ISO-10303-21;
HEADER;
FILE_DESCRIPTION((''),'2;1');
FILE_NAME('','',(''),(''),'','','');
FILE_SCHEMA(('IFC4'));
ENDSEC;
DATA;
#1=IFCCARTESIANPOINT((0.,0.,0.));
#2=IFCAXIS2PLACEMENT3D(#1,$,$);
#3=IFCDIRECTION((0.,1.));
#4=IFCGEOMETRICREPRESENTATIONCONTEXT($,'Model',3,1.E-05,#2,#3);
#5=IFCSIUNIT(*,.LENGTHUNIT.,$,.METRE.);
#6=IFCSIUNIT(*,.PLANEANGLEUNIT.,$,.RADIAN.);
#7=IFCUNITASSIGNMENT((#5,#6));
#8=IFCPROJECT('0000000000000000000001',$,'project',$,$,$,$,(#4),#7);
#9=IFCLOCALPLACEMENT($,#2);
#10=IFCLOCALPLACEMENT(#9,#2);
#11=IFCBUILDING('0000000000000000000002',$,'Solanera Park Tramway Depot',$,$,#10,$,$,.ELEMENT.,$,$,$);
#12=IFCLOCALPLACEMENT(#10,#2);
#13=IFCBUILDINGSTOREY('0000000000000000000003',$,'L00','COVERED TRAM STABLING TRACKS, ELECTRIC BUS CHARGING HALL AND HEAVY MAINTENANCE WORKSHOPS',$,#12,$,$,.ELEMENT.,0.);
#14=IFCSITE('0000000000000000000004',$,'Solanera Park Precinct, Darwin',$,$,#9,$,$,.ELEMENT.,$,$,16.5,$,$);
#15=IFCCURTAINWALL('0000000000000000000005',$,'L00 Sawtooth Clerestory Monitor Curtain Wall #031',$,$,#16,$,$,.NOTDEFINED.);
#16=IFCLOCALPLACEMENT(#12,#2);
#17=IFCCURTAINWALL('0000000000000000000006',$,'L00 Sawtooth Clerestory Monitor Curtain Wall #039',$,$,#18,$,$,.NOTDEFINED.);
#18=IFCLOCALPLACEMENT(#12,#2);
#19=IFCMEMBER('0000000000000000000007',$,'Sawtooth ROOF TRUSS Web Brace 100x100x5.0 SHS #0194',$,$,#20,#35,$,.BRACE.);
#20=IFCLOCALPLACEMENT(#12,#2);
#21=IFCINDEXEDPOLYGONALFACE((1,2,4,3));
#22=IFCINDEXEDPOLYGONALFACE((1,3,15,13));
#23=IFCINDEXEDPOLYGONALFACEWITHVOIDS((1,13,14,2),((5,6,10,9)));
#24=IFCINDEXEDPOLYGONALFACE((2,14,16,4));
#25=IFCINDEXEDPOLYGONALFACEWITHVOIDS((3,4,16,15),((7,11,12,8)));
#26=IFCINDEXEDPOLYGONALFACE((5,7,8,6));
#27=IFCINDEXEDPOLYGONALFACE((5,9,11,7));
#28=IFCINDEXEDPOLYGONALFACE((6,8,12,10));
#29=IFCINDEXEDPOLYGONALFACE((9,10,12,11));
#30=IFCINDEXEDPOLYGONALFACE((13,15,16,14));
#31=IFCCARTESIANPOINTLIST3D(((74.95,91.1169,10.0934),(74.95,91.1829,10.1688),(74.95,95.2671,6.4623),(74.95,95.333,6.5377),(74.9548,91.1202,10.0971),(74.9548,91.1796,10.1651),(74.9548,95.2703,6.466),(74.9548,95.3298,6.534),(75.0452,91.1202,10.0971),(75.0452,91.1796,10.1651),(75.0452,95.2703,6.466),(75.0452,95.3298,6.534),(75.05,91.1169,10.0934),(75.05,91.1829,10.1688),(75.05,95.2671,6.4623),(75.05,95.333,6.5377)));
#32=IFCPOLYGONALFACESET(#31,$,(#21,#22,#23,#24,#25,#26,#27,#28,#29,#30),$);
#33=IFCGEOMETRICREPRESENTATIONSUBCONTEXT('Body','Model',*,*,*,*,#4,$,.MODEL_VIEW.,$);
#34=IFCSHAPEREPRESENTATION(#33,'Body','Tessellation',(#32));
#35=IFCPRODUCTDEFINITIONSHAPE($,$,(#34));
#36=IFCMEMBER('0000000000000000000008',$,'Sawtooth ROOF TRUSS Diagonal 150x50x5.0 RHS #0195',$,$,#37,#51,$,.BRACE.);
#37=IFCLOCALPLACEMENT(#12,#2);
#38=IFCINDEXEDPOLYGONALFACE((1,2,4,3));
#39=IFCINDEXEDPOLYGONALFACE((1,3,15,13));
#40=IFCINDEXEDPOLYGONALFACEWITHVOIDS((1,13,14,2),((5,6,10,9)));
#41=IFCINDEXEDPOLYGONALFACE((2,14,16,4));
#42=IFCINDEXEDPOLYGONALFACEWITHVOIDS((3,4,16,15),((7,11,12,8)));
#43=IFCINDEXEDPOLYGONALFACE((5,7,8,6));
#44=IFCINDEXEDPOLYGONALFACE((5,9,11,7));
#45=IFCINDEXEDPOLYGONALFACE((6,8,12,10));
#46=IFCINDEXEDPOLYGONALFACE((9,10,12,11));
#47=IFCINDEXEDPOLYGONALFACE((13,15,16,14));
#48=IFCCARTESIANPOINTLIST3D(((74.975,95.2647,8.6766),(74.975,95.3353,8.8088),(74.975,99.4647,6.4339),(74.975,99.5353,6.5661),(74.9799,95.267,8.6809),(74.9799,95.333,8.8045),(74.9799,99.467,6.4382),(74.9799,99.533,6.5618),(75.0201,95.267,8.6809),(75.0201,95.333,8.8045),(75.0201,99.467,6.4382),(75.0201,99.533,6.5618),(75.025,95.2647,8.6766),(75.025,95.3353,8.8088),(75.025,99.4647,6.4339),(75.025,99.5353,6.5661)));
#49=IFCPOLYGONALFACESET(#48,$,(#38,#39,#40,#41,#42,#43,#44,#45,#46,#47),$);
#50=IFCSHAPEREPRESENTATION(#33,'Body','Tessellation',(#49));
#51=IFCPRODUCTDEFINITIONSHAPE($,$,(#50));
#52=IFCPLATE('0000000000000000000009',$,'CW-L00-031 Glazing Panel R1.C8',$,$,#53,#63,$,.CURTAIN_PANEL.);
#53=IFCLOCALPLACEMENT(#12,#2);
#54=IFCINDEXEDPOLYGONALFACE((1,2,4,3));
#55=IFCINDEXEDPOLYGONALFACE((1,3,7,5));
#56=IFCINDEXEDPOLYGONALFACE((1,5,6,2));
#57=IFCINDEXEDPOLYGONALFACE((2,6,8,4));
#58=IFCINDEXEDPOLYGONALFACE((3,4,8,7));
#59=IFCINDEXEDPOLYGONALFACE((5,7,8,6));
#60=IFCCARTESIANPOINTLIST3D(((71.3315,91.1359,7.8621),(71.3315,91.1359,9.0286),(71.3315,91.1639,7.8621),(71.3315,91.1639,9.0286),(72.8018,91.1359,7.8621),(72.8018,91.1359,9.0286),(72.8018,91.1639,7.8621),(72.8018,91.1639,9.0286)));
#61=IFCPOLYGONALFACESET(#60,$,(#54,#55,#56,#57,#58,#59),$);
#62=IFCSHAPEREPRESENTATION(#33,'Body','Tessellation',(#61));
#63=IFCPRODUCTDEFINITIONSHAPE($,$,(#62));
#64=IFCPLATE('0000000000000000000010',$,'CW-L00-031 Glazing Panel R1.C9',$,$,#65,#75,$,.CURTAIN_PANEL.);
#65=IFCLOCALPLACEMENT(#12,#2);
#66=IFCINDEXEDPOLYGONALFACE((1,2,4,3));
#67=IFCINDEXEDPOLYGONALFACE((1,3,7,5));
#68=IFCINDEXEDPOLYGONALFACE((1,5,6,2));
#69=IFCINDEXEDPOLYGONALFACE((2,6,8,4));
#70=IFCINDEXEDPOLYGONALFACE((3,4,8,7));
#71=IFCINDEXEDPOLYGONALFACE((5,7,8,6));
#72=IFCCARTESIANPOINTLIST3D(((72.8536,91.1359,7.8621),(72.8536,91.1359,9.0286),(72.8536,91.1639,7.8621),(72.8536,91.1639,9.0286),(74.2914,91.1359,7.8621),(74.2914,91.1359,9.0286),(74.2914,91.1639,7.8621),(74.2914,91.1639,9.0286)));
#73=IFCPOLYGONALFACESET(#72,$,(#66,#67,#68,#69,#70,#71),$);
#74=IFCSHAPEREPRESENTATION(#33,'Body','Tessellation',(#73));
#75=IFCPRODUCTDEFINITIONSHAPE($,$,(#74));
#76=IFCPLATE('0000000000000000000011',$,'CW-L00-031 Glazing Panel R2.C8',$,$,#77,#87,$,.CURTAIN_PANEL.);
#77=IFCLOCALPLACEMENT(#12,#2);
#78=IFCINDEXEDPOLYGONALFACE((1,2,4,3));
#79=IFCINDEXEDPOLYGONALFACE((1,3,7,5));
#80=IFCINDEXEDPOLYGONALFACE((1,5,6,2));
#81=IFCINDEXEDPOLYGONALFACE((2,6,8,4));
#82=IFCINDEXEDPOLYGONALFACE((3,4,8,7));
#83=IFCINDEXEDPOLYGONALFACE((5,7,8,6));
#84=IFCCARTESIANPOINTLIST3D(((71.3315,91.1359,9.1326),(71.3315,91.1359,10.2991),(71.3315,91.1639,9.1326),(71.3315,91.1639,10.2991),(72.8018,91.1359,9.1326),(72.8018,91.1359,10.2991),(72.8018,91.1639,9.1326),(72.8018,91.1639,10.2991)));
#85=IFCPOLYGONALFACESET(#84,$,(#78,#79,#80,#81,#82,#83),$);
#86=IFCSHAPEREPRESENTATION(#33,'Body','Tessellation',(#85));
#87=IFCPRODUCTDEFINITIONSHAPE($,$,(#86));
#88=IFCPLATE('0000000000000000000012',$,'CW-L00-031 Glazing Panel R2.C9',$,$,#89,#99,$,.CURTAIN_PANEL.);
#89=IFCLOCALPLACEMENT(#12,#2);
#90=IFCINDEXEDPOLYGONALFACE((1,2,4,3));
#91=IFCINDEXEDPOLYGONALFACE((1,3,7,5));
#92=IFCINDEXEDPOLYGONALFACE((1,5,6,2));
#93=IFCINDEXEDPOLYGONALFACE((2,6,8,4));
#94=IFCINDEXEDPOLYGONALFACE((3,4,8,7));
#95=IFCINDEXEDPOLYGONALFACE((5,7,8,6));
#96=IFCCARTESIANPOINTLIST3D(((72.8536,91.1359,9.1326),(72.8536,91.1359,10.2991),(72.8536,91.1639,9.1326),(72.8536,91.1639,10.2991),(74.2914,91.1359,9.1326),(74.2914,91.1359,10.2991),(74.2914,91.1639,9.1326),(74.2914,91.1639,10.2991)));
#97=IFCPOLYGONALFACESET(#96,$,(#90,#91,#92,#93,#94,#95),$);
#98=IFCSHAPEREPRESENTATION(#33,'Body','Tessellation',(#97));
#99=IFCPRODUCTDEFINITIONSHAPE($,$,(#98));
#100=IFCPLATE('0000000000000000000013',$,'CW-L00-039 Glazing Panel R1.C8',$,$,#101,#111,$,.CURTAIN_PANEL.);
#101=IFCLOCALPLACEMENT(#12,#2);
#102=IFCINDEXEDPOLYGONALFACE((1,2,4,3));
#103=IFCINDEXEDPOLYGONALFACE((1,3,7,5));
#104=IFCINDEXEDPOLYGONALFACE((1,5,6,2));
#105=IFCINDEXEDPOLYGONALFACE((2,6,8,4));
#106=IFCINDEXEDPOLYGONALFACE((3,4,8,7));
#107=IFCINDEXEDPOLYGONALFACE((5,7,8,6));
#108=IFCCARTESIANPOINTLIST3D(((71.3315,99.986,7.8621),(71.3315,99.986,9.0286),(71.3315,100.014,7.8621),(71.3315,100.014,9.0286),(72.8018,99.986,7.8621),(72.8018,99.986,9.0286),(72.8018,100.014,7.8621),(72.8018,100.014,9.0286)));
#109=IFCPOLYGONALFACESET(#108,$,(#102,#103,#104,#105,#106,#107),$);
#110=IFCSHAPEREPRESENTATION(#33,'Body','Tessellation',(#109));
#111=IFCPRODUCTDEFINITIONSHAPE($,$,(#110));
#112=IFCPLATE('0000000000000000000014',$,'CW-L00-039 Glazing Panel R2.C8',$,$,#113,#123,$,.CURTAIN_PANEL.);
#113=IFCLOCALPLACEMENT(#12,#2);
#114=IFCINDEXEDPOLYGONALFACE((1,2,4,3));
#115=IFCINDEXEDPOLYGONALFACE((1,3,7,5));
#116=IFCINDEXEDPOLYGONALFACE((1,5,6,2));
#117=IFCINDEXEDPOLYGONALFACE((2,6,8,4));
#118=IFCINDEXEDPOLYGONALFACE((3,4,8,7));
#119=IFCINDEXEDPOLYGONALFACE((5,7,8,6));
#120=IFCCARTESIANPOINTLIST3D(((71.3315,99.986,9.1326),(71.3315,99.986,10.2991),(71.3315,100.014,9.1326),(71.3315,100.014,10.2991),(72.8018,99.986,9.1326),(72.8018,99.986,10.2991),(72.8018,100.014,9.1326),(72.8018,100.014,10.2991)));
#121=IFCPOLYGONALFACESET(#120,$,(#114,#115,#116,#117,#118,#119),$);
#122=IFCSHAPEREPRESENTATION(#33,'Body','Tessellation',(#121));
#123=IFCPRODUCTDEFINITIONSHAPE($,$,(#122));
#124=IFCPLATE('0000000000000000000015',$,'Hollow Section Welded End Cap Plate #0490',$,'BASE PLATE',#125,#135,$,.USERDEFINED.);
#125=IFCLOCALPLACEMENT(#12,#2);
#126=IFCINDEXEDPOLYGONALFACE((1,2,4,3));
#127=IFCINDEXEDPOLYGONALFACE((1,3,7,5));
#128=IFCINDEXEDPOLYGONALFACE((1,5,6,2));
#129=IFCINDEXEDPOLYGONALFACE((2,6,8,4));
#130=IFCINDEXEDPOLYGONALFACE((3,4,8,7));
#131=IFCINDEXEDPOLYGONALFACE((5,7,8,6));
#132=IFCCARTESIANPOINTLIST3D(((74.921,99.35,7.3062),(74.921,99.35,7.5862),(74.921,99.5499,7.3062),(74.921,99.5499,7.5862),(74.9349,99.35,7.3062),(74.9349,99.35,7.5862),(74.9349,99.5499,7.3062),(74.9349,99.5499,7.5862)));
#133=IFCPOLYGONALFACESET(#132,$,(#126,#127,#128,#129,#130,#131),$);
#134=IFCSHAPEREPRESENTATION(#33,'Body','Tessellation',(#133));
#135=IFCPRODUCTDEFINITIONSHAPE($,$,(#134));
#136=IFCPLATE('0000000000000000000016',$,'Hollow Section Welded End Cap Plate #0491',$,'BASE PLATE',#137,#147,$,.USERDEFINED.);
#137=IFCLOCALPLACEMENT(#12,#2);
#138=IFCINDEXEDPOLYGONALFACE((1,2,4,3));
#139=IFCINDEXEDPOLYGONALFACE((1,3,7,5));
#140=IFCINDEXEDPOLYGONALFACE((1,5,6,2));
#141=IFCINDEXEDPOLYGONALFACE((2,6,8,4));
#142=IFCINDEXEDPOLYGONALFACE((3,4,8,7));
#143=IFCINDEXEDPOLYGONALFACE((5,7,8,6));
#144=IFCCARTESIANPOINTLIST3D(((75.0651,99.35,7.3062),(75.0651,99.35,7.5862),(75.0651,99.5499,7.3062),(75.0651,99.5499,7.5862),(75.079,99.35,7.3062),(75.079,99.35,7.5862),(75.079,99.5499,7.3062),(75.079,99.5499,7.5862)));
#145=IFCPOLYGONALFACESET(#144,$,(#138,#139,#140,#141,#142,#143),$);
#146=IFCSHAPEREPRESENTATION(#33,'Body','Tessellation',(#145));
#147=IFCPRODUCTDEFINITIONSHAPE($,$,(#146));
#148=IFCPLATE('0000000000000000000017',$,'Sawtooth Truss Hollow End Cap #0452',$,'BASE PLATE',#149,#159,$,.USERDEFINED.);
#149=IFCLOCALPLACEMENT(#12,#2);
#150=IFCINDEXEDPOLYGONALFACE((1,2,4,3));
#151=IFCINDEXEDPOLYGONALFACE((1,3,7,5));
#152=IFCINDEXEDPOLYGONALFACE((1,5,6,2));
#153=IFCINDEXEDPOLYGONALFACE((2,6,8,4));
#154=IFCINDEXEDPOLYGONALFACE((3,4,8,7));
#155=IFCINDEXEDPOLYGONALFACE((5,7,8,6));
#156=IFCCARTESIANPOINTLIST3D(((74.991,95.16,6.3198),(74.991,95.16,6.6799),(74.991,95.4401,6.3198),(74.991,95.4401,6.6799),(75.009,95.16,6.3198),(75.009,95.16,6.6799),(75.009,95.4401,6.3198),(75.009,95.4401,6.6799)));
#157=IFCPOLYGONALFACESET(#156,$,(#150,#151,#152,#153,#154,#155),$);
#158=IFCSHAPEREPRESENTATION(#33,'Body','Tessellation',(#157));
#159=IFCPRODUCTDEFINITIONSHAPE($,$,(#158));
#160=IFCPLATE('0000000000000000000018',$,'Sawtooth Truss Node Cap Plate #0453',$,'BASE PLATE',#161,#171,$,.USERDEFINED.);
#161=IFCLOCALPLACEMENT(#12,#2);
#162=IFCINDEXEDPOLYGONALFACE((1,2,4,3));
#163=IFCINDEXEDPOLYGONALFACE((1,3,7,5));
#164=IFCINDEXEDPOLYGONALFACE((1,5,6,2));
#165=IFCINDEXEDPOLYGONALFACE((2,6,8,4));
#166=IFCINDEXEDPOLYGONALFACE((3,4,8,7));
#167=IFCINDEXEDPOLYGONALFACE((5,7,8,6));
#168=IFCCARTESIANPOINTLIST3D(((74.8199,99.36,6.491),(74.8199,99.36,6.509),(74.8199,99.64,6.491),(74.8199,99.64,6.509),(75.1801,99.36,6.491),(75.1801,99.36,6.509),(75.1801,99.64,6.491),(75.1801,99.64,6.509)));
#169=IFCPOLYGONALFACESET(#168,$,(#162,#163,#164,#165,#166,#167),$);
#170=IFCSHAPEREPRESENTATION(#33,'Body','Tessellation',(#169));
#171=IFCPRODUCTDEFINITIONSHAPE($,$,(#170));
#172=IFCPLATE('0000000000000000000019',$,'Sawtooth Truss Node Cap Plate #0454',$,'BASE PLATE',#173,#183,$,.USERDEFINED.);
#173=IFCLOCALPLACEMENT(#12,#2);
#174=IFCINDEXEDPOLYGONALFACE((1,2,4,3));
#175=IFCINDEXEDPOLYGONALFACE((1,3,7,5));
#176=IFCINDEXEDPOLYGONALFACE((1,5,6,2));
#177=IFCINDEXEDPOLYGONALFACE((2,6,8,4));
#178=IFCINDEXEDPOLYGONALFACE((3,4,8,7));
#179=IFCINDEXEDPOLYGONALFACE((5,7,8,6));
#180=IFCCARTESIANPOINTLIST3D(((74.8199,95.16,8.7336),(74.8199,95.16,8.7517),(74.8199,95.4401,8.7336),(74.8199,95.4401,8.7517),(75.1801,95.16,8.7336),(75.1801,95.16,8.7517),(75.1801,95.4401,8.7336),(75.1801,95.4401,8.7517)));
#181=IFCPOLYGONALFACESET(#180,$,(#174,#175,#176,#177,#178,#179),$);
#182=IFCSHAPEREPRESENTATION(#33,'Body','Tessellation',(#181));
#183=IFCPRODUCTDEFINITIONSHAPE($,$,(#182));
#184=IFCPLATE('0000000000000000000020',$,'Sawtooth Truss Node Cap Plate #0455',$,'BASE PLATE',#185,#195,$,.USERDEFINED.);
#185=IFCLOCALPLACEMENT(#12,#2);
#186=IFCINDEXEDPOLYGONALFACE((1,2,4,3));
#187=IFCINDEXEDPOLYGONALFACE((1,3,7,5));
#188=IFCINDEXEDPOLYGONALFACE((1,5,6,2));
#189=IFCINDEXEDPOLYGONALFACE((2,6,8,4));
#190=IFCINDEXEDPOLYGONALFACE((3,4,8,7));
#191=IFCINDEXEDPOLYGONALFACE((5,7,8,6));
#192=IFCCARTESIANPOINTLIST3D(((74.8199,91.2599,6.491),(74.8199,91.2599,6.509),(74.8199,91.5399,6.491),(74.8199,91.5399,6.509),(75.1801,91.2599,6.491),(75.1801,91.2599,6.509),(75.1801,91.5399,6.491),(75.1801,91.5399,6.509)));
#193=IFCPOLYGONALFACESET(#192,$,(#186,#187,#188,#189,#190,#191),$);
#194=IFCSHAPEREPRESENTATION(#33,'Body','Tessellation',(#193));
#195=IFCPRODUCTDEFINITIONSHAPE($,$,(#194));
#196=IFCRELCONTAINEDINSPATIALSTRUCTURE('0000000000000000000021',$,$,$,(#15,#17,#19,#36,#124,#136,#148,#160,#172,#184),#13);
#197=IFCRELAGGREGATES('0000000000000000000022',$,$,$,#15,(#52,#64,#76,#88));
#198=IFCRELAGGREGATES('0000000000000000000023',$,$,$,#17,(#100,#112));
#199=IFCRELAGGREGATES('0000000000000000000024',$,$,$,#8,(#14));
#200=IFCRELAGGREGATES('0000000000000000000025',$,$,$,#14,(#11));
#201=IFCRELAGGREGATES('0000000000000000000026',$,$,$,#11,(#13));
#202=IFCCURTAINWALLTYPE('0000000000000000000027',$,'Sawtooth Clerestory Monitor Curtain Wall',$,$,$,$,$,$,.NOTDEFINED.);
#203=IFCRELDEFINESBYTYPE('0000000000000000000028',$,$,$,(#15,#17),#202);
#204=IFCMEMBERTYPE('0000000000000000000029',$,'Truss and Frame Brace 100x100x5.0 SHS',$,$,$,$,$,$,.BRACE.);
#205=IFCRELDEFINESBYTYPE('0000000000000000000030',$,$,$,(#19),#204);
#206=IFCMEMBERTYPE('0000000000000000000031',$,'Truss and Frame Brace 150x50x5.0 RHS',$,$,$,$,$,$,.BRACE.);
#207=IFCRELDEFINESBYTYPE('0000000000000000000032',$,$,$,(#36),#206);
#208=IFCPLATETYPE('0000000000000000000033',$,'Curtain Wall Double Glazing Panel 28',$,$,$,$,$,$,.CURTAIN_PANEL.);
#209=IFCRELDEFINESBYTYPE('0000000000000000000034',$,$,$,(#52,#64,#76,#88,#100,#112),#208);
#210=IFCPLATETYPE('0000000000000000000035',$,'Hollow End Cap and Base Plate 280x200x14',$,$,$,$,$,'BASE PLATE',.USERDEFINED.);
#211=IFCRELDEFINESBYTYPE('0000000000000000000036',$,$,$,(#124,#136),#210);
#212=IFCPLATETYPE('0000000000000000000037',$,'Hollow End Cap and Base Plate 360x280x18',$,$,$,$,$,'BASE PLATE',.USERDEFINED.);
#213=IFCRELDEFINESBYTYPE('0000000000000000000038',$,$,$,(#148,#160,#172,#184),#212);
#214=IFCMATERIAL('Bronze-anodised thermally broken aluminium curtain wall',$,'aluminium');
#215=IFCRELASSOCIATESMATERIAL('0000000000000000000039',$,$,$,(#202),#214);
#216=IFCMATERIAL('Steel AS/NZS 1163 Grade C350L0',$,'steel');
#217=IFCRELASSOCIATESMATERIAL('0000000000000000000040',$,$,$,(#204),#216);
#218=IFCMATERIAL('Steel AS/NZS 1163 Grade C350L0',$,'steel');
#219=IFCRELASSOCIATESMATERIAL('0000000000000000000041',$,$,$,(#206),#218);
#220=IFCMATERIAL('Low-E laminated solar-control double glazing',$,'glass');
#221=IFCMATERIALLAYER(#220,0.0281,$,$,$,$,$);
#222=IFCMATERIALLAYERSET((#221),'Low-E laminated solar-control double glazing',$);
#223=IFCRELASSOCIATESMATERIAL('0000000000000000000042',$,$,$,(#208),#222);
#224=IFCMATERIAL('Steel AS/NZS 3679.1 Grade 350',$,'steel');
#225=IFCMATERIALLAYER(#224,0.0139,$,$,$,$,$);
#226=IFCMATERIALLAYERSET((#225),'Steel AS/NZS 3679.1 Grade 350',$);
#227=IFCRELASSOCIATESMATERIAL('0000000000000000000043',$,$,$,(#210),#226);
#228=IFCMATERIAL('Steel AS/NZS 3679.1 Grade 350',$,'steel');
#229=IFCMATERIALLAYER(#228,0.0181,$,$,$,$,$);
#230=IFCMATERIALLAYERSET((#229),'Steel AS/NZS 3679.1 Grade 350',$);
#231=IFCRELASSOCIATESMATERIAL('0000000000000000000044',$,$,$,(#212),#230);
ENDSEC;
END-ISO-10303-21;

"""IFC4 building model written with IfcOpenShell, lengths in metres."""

from ifc_helpers import new_model, si_unit, direction, frame, origin, origin_2d, place, context, subcontext, project, spatial, rectangle, hollow_rectangle, extrude, material, layer, layer_set, material_profile, profile_set, type_object, element, aggregate, save


model = new_model("IFC4")

# Units and contexts
model_context = context("Model", 3, precision=1e-05, world=origin(), true_north=direction((0.0, 1.0)))
body_context = subcontext(model_context, "Body", "Model", "MODEL_VIEW")
ifc_project = project(units=[si_unit("LENGTHUNIT", "METRE"), si_unit("PLANEANGLEUNIT", "RADIAN")], contexts=[model_context])

# Site, building, storey
site_placement = place(None, origin())
site = spatial("IfcSite", under=ifc_project, at=site_placement, Name="Solanera Park Precinct, Darwin", CompositionType="ELEMENT", RefElevation=16.5)
building_placement = place(site_placement, origin())
building = spatial("IfcBuilding", under=site, at=building_placement, Name="Solanera Park Tramway Depot", CompositionType="ELEMENT")
storey_placement = place(building_placement, origin())
storey = spatial("IfcBuildingStorey", under=building, at=storey_placement, Name="L00", Description="COVERED TRAM STABLING TRACKS, ELECTRIC BUS CHARGING HALL AND HEAVY MAINTENANCE WORKSHOPS", CompositionType="ELEMENT", Elevation=0.0)

# Curtain wall
ifc_material_1 = material(Name="Bronze-anodised thermally broken aluminium curtain wall", Category="aluminium")
curtain_wall_type = type_object("IfcCurtainWallType", Name="Sawtooth Clerestory Monitor Curtain Wall", PredefinedType="NOTDEFINED", material=ifc_material_1)
curtain_wall_1_placement = place(storey_placement, origin())
curtain_wall_1 = element("IfcCurtainWall", 1, at=curtain_wall_1_placement, inside=storey, type_object=curtain_wall_type, Name="L00 Sawtooth Clerestory Monitor Curtain Wall #031", PredefinedType="NOTDEFINED")

# Curtain wall
curtain_wall_2_placement = place(storey_placement, origin())
curtain_wall_2 = element("IfcCurtainWall", 2, at=curtain_wall_2_placement, inside=storey, type_object=curtain_wall_type, Name="L00 Sawtooth Clerestory Monitor Curtain Wall #039", PredefinedType="NOTDEFINED")

# Members
ifc_material_2 = material(Name="Steel AS/NZS 1163 Grade C350L0", Category="steel")
ifc_material_profile_1 = material_profile(ifc_material_2, hollow_rectangle(XDim=0.1001, YDim=0.1001, WallThickness=0.0049, at=origin_2d()), Name="100x100x5.0 SHS")
ifc_profile_set_1 = profile_set([ifc_material_profile_1], Name="Steel AS/NZS 1163 Grade C350L0")
member_type_1 = type_object("IfcMemberType", Name="Truss and Frame Brace 100x100x5.0 SHS", PredefinedType="BRACE", material=ifc_profile_set_1)
member_1_placement = place(storey_placement, frame((75.0, 95.3, 6.5), z_axis=(0.0, -0.752601, 0.658476), x_axis=(1.0, 0.0, 0.0)))
element("IfcMember", 3, at=member_1_placement, inside=storey, type_object=member_type_1, Name="Sawtooth ROOF TRUSS Web Brace 100x100x5.0 SHS #0194", PredefinedType="BRACE", context=body_context, shape_type="SweptSolid", body=[
    extrude(hollow_rectangle(XDim=0.1001, YDim=0.1001, WallThickness=0.0049, at=origin_2d()), origin(), (0.0, 0.0, 1.0), 5.5144),
])
ifc_material_3 = material(Name="Steel AS/NZS 1163 Grade C350L0", Category="steel")
ifc_material_profile_2 = material_profile(ifc_material_3, hollow_rectangle(XDim=0.05, YDim=0.1499, WallThickness=0.0049, at=origin_2d()), Name="150x50x5.0 RHS")
ifc_profile_set_2 = profile_set([ifc_material_profile_2], Name="Steel AS/NZS 1163 Grade C350L0")
member_type_2 = type_object("IfcMemberType", Name="Truss and Frame Brace 150x50x5.0 RHS", PredefinedType="BRACE", material=ifc_profile_set_2)
member_2_placement = place(storey_placement, frame((75.0, 99.5, 6.5), z_axis=(0.0, -0.882117, 0.47103), x_axis=(1.0, 0.0, 0.0)))
element("IfcMember", 4, at=member_2_placement, inside=storey, type_object=member_type_2, Name="Sawtooth ROOF TRUSS Diagonal 150x50x5.0 RHS #0195", PredefinedType="BRACE", context=body_context, shape_type="SweptSolid", body=[
    extrude(hollow_rectangle(XDim=0.05, YDim=0.1499, WallThickness=0.0049, at=origin_2d()), origin(), (0.0, 0.0, 1.0), 4.7612),
])

# Plates
ifc_material_4 = material(Name="Low-E laminated solar-control double glazing", Category="glass")
ifc_layer_1 = layer(ifc_material_4, 0.0281)
ifc_layer_set_1 = layer_set([ifc_layer_1], Name="Low-E laminated solar-control double glazing")
plate_type_1 = type_object("IfcPlateType", Name="Curtain Wall Double Glazing Panel 28", PredefinedType="CURTAIN_PANEL", material=ifc_layer_set_1)
plate_1_placement = place(storey_placement, frame((72.0667, 91.1499, 7.8621), z_axis=(0.0, 0.0, 1.0), x_axis=(1.0, 0.0, 0.0)))
plate_1 = element("IfcPlate", 5, at=plate_1_placement, type_object=plate_type_1, Name="CW-L00-031 Glazing Panel R1.C8", PredefinedType="CURTAIN_PANEL", context=body_context, shape_type="SweptSolid", body=[
    extrude(rectangle(XDim=1.4702, YDim=0.0281, at=origin_2d()), origin(), (0.0, 0.0, 1.0), 1.1665),
])
plate_2_placement = place(storey_placement, frame((73.5725, 91.1499, 7.8621), z_axis=(0.0, 0.0, 1.0), x_axis=(1.0, 0.0, 0.0)))
plate_2 = element("IfcPlate", 6, at=plate_2_placement, type_object=plate_type_1, Name="CW-L00-031 Glazing Panel R1.C9", PredefinedType="CURTAIN_PANEL", context=body_context, shape_type="SweptSolid", body=[
    extrude(rectangle(XDim=1.4377, YDim=0.0281, at=origin_2d()), origin(), (0.0, 0.0, 1.0), 1.1665),
])
plate_3_placement = place(storey_placement, frame((72.0667, 91.1499, 9.1326), z_axis=(0.0, 0.0, 1.0), x_axis=(1.0, 0.0, 0.0)))
plate_3 = element("IfcPlate", 7, at=plate_3_placement, type_object=plate_type_1, Name="CW-L00-031 Glazing Panel R2.C8", PredefinedType="CURTAIN_PANEL", context=body_context, shape_type="SweptSolid", body=[
    extrude(rectangle(XDim=1.4702, YDim=0.0281, at=origin_2d()), origin(), (0.0, 0.0, 1.0), 1.1665),
])
plate_4_placement = place(storey_placement, frame((73.5725, 91.1499, 9.1326), z_axis=(0.0, 0.0, 1.0), x_axis=(1.0, 0.0, 0.0)))
plate_4 = element("IfcPlate", 8, at=plate_4_placement, type_object=plate_type_1, Name="CW-L00-031 Glazing Panel R2.C9", PredefinedType="CURTAIN_PANEL", context=body_context, shape_type="SweptSolid", body=[
    extrude(rectangle(XDim=1.4377, YDim=0.0281, at=origin_2d()), origin(), (0.0, 0.0, 1.0), 1.1665),
])
aggregate(curtain_wall_1, [plate_1, plate_2, plate_3, plate_4])
plate_5_placement = place(storey_placement, frame((72.0667, 100.0, 7.8621), z_axis=(0.0, 0.0, 1.0), x_axis=(1.0, 0.0, 0.0)))
plate_5 = element("IfcPlate", 9, at=plate_5_placement, type_object=plate_type_1, Name="CW-L00-039 Glazing Panel R1.C8", PredefinedType="CURTAIN_PANEL", context=body_context, shape_type="SweptSolid", body=[
    extrude(rectangle(XDim=1.4702, YDim=0.0281, at=origin_2d()), origin(), (0.0, 0.0, 1.0), 1.1665),
])
plate_6_placement = place(storey_placement, frame((72.0667, 100.0, 9.1326), z_axis=(0.0, 0.0, 1.0), x_axis=(1.0, 0.0, 0.0)))
plate_6 = element("IfcPlate", 10, at=plate_6_placement, type_object=plate_type_1, Name="CW-L00-039 Glazing Panel R2.C8", PredefinedType="CURTAIN_PANEL", context=body_context, shape_type="SweptSolid", body=[
    extrude(rectangle(XDim=1.4702, YDim=0.0281, at=origin_2d()), origin(), (0.0, 0.0, 1.0), 1.1665),
])
aggregate(curtain_wall_2, [plate_5, plate_6])

# Plates
ifc_material_5 = material(Name="Steel AS/NZS 3679.1 Grade 350", Category="steel")
ifc_layer_2 = layer(ifc_material_5, 0.0139)
ifc_layer_set_2 = layer_set([ifc_layer_2], Name="Steel AS/NZS 3679.1 Grade 350")
plate_type_2 = type_object("IfcPlateType", Name="Hollow End Cap and Base Plate 280x200x14", ElementType="BASE PLATE", PredefinedType="USERDEFINED", material=ifc_layer_set_2)
for number, where, z_axis, x_axis, name in (
    (11, (74.928, 99.45, 7.3062), (0.0, 0.0, 1.0), (1.0, 0.0, 0.0), "Hollow Section Welded End Cap Plate #0490"),
    (12, (75.072, 99.45, 7.3062), (0.0, 0.0, 1.0), (1.0, 0.0, 0.0), "Hollow Section Welded End Cap Plate #0491"),
):
    element("IfcPlate", number, at=place(storey_placement, frame(where, z_axis=z_axis, x_axis=x_axis)), inside=storey, type_object=plate_type_2, Name=name, ObjectType="BASE PLATE", PredefinedType="USERDEFINED", context=body_context, shape_type="SweptSolid", body=[
        extrude(rectangle(XDim=0.0139, YDim=0.2, at=origin_2d()), origin(), (0.0, 0.0, 1.0), 0.28),
    ])
ifc_material_6 = material(Name="Steel AS/NZS 3679.1 Grade 350", Category="steel")
ifc_layer_3 = layer(ifc_material_6, 0.0181)
ifc_layer_set_3 = layer_set([ifc_layer_3], Name="Steel AS/NZS 3679.1 Grade 350")
plate_type_3 = type_object("IfcPlateType", Name="Hollow End Cap and Base Plate 360x280x18", ElementType="BASE PLATE", PredefinedType="USERDEFINED", material=ifc_layer_set_3)
plate_7_placement = place(storey_placement, frame((75.0, 95.3, 6.3198), z_axis=(0.0, 0.0, 1.0), x_axis=(1.0, 0.0, 0.0)))
element("IfcPlate", 13, at=plate_7_placement, inside=storey, type_object=plate_type_3, Name="Sawtooth Truss Hollow End Cap #0452", ObjectType="BASE PLATE", PredefinedType="USERDEFINED", context=body_context, shape_type="SweptSolid", body=[
    extrude(rectangle(XDim=0.0181, YDim=0.28, at=origin_2d()), origin(), (0.0, 0.0, 1.0), 0.3601),
])
for number, where, z_axis, x_axis, name in (
    (14, (75.0, 99.5, 6.491), (0.0, 0.0, 1.0), (1.0, 0.0, 0.0), "Sawtooth Truss Node Cap Plate #0453"),
    (15, (75.0, 95.3, 8.7336), (0.0, 0.0, 1.0), (1.0, 0.0, 0.0), "Sawtooth Truss Node Cap Plate #0454"),
    (16, (75.0, 91.3999, 6.491), (0.0, 0.0, 1.0), (1.0, 0.0, 0.0), "Sawtooth Truss Node Cap Plate #0455"),
):
    element("IfcPlate", number, at=place(storey_placement, frame(where, z_axis=z_axis, x_axis=x_axis)), inside=storey, type_object=plate_type_3, Name=name, ObjectType="BASE PLATE", PredefinedType="USERDEFINED", context=body_context, shape_type="SweptSolid", body=[
        extrude(rectangle(XDim=0.3601, YDim=0.28, at=origin_2d()), origin(), (0.0, 0.0, 1.0), 0.0181),
    ])

save(model, "model.ifc")
